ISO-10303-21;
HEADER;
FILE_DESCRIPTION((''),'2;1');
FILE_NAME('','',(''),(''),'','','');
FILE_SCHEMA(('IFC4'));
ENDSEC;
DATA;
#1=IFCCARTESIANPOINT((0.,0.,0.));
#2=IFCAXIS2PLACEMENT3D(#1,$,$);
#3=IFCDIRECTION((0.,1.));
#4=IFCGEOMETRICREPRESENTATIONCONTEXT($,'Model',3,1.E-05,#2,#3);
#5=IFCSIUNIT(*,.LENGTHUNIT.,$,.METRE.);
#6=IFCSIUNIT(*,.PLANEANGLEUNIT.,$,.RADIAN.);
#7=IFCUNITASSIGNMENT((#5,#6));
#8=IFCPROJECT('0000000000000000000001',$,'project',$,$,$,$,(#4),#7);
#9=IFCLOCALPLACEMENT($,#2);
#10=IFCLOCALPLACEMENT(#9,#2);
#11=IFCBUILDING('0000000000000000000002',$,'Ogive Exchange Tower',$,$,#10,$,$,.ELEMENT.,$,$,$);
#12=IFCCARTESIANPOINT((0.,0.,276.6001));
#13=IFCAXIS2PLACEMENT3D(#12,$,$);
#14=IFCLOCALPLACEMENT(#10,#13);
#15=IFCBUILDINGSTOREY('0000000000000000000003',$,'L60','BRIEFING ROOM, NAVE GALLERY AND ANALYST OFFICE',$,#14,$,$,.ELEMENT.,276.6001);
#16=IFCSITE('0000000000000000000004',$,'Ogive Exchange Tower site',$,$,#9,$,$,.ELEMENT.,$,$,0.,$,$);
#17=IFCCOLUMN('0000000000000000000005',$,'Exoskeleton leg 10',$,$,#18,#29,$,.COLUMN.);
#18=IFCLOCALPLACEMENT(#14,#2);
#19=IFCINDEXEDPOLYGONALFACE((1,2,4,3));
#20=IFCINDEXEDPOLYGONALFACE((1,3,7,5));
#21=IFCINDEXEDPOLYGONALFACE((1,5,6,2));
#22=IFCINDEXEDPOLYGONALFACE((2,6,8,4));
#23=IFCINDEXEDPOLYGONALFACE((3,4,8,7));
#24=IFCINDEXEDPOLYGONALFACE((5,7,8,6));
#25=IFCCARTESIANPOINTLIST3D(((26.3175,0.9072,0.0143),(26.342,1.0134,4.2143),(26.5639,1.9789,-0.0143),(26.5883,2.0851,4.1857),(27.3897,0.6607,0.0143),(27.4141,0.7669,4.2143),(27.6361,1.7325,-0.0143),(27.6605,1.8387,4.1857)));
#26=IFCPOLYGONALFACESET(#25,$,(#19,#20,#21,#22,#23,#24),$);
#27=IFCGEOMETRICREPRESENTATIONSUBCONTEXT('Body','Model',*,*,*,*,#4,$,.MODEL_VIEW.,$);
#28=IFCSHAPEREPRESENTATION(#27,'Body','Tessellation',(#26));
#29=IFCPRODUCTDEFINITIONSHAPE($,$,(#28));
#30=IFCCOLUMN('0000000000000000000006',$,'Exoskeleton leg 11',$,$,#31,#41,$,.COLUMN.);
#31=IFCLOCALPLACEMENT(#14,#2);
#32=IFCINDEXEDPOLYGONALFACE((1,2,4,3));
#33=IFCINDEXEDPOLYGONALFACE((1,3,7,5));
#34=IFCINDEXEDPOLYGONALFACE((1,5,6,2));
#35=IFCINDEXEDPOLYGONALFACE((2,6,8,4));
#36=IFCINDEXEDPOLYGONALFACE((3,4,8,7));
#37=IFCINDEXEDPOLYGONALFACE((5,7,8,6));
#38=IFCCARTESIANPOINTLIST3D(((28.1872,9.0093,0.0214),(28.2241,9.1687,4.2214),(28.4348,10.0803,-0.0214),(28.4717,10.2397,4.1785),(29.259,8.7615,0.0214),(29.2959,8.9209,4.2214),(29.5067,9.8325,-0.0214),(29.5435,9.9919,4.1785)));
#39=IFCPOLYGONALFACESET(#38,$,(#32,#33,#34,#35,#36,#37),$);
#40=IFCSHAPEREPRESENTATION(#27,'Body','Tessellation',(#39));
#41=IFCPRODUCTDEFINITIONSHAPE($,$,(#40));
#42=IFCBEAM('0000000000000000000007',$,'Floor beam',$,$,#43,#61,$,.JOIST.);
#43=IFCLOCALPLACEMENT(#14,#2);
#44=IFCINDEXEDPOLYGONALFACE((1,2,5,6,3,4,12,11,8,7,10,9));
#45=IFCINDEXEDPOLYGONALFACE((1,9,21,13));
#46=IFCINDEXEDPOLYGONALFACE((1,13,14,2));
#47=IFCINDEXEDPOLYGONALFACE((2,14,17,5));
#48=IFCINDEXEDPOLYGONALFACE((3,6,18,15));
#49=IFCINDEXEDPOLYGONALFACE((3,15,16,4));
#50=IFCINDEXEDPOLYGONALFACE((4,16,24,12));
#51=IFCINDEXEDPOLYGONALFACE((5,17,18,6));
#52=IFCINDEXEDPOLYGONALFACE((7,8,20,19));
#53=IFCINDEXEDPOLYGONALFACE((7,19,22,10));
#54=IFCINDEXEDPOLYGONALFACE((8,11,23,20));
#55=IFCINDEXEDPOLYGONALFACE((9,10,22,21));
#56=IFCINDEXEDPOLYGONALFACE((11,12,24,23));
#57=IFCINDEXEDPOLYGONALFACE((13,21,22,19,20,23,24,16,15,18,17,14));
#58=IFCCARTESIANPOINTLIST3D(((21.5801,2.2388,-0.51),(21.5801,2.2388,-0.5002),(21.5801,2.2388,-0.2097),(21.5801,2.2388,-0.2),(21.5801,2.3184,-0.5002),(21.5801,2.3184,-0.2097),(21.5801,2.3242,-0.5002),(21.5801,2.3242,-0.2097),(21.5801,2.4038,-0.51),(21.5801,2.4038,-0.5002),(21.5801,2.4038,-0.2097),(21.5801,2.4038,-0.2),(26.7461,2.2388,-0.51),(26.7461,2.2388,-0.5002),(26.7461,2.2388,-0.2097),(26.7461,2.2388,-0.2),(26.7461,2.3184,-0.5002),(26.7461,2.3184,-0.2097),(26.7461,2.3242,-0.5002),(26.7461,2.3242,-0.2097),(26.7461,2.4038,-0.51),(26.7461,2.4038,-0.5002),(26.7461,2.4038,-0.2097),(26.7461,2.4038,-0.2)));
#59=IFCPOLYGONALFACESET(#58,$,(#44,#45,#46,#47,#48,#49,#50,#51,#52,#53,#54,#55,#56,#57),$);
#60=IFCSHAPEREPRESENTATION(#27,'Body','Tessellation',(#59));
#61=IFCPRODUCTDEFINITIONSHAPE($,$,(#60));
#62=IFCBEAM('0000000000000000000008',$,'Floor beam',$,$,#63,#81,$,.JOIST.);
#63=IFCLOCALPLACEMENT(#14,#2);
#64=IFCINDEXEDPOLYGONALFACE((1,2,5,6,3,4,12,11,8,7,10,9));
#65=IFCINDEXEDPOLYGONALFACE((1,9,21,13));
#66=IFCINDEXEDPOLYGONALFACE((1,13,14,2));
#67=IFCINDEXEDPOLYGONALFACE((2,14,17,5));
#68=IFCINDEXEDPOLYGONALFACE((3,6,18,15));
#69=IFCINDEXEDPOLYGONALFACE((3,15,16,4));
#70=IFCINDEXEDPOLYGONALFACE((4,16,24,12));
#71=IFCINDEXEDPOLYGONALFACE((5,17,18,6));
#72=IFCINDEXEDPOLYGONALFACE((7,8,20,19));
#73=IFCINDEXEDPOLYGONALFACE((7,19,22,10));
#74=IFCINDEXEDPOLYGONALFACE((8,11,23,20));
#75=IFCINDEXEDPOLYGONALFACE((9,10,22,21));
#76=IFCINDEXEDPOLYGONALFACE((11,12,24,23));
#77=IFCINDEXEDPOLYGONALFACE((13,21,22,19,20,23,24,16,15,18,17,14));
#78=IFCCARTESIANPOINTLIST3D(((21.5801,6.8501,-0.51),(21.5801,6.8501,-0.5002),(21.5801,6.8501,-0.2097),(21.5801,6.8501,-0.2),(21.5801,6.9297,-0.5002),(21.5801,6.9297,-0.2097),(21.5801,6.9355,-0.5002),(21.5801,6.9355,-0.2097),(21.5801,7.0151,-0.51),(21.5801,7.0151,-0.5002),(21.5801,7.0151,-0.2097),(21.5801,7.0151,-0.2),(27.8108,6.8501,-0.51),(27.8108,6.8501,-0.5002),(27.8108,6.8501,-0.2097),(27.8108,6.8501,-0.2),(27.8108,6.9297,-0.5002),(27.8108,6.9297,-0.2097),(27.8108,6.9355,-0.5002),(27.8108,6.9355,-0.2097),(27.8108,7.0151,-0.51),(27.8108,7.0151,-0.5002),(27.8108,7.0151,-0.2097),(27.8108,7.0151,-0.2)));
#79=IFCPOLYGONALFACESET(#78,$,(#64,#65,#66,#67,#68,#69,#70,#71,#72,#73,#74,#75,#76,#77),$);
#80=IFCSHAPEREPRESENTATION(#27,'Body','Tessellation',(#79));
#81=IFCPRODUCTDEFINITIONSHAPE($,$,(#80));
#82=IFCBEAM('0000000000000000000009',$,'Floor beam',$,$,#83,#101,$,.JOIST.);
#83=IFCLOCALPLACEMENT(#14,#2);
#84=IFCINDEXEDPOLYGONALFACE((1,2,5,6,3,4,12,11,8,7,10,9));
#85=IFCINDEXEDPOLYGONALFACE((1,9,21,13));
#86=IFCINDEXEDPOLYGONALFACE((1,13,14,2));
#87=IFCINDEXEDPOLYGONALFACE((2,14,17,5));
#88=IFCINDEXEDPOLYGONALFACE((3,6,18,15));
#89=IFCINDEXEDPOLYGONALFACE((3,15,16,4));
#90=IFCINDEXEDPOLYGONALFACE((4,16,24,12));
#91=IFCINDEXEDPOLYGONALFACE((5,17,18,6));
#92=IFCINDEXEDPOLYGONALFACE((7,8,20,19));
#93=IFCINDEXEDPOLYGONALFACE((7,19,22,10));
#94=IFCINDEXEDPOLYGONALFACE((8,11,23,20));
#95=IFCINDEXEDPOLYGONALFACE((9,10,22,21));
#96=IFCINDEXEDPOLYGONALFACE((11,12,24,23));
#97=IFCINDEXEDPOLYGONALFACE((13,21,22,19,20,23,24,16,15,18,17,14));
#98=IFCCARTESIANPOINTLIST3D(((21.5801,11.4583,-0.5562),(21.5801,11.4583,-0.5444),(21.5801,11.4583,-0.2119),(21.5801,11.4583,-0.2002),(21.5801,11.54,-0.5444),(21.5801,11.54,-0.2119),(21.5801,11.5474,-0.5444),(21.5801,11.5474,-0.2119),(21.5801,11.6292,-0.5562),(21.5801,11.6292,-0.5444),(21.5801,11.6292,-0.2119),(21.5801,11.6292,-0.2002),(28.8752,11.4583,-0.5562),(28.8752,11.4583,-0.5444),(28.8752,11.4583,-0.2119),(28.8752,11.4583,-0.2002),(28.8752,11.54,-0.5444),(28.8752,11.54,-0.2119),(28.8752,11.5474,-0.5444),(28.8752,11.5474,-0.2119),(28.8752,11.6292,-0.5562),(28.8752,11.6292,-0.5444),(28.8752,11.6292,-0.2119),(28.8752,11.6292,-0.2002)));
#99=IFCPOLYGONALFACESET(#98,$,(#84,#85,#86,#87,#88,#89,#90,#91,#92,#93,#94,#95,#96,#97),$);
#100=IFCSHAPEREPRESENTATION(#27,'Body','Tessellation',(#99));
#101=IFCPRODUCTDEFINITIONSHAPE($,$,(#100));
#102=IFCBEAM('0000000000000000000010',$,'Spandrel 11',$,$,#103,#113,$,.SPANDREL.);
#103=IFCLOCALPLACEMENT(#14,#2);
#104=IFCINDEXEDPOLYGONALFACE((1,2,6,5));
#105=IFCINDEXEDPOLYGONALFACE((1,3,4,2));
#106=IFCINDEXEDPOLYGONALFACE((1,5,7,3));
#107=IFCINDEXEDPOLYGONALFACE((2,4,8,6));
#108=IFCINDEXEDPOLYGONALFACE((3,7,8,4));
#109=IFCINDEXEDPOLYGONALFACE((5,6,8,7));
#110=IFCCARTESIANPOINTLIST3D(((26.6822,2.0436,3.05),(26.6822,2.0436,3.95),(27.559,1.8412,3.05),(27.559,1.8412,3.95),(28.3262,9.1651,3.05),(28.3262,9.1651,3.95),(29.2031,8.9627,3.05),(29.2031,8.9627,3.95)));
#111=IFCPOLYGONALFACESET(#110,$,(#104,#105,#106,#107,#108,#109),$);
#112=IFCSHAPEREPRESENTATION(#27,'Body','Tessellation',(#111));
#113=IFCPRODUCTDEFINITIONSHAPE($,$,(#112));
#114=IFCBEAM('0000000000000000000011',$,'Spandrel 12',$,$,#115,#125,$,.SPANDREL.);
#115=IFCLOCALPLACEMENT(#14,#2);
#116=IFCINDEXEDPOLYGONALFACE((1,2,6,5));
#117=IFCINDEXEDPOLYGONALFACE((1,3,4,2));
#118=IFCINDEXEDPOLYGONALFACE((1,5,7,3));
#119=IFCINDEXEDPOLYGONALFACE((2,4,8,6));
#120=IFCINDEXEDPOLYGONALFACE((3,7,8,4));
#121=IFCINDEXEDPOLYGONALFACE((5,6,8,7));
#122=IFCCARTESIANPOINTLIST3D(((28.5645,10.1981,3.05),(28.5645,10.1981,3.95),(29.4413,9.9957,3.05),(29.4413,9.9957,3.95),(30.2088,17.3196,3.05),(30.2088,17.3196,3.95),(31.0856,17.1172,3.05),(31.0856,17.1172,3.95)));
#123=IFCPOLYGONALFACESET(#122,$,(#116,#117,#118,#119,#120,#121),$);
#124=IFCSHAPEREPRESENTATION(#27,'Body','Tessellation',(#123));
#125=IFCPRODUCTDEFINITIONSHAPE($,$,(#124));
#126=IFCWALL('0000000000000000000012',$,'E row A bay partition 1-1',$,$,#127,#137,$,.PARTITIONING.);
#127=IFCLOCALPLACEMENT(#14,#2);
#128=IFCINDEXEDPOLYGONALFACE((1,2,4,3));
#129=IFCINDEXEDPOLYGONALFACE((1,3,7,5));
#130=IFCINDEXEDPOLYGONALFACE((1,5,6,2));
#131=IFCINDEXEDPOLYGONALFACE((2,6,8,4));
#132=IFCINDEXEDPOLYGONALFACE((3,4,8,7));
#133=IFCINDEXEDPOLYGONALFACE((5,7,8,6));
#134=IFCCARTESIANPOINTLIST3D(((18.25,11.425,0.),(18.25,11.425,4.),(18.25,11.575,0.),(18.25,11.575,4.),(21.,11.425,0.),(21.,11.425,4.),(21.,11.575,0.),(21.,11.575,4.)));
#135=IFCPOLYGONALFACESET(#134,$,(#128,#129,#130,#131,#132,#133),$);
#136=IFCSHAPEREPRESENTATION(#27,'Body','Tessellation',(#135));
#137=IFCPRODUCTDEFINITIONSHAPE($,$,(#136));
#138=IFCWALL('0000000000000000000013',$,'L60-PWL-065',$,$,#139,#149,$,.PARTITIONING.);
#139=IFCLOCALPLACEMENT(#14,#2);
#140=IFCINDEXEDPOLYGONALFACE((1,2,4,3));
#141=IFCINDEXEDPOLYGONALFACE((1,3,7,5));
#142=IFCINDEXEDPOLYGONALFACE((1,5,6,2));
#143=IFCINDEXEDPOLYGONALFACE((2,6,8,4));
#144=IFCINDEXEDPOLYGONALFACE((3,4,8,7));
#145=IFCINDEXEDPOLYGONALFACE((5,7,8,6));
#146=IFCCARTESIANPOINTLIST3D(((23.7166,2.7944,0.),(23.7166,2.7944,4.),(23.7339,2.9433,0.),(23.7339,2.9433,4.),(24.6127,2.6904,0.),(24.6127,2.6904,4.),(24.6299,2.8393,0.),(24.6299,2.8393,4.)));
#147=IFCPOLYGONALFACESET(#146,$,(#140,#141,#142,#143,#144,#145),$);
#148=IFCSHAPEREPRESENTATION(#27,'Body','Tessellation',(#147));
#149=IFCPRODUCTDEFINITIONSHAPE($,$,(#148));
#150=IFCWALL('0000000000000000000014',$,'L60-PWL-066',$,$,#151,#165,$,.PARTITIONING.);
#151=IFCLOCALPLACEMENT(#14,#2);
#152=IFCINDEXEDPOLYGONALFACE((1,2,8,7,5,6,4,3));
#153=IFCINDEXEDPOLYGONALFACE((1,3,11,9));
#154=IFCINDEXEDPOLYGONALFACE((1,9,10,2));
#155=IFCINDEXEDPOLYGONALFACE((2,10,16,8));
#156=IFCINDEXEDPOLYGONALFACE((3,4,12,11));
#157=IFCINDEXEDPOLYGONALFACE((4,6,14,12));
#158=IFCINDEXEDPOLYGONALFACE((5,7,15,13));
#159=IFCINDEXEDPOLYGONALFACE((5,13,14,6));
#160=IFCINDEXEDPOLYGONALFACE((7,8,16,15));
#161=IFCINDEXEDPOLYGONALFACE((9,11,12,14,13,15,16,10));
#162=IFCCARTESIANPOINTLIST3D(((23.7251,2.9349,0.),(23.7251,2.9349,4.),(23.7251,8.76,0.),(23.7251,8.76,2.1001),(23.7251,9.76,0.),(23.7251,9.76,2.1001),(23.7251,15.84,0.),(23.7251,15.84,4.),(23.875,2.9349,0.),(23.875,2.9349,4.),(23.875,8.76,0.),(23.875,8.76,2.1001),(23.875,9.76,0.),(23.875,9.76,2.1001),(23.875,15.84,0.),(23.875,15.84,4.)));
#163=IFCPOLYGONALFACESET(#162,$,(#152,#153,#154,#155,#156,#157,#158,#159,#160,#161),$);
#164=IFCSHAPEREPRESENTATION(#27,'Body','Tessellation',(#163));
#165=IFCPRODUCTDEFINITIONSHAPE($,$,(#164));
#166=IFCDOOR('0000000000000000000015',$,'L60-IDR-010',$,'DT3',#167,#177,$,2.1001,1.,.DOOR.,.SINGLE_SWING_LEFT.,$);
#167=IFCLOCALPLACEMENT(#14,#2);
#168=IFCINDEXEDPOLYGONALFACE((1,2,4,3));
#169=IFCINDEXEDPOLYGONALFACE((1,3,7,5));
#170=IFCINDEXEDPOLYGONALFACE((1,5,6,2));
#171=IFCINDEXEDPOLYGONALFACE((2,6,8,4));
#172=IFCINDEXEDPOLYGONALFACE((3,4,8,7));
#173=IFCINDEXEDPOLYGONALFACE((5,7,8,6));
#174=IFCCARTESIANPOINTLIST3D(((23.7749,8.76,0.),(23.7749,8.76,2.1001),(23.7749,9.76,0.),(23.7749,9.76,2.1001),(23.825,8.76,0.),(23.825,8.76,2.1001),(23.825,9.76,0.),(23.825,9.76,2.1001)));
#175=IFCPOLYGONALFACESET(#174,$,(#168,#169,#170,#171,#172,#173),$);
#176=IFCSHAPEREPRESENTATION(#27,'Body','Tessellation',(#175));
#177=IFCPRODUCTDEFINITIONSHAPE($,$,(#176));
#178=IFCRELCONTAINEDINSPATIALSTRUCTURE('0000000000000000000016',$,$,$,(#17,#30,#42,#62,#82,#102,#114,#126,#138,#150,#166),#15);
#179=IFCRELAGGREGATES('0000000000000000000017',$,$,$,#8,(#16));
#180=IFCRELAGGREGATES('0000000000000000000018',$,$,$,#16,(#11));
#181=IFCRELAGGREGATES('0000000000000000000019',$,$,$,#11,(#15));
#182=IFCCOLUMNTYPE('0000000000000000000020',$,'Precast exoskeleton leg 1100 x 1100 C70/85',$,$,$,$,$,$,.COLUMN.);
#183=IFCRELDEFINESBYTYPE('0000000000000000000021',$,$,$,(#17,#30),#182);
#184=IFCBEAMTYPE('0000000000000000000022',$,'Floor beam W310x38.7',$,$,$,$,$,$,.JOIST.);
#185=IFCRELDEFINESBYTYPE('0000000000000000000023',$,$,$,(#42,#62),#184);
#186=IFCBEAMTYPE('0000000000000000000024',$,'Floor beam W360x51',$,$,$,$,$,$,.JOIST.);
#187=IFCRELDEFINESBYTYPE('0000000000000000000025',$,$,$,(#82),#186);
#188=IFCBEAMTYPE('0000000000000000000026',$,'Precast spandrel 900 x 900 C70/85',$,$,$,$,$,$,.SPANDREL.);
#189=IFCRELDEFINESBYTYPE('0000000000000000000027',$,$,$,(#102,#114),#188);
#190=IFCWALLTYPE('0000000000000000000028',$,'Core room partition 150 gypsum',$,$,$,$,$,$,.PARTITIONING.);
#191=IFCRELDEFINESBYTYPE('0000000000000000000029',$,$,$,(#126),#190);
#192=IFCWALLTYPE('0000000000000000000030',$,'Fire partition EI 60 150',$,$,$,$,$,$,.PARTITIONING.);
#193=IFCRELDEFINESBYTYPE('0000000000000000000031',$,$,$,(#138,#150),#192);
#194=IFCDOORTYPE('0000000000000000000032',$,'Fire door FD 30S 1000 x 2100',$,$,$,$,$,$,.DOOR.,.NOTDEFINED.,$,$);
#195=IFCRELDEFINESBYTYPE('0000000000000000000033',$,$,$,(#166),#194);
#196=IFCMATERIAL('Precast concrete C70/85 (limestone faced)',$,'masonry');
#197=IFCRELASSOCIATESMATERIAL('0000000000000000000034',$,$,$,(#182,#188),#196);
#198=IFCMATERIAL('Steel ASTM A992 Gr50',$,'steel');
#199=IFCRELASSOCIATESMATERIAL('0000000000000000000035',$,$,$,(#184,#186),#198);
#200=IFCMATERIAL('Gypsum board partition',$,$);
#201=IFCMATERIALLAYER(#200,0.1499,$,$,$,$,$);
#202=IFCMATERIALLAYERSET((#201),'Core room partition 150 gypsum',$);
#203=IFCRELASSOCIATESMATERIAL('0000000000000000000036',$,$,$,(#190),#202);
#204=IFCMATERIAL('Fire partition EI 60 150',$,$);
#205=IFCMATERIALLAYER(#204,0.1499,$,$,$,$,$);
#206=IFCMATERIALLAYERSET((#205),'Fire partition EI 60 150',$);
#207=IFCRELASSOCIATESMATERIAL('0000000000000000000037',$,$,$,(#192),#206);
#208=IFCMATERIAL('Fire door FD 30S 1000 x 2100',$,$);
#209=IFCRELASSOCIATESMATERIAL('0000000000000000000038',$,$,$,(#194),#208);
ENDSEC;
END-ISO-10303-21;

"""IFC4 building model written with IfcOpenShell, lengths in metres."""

from ifc_helpers import new_model, si_unit, direction, frame, frame_2d, origin, origin_2d, place, context, subcontext, project, spatial, rectangle, i_section, extrude, material, layer, layer_set, material_profile, profile_set, type_object, element, fill, save


model = new_model("IFC4")

# Units and contexts
model_context = context("Model", 3, precision=1e-05, world=origin(), true_north=direction((0.0, 1.0)))
body_context = subcontext(model_context, "Body", "Model", "MODEL_VIEW")
ifc_project = project(units=[si_unit("LENGTHUNIT", "METRE"), si_unit("PLANEANGLEUNIT", "RADIAN")], contexts=[model_context])

# Site, building, storey
site_placement = place(None, origin())
site = spatial("IfcSite", under=ifc_project, at=site_placement, Name="Ogive Exchange Tower site", CompositionType="ELEMENT", RefElevation=0.0)
building_placement = place(site_placement, origin())
building = spatial("IfcBuilding", under=site, at=building_placement, Name="Ogive Exchange Tower", CompositionType="ELEMENT")
storey_placement = place(building_placement, frame((0.0, 0.0, 276.6001)))
storey = spatial("IfcBuildingStorey", under=building, at=storey_placement, Name="L60", Description="BRIEFING ROOM, NAVE GALLERY AND ANALYST OFFICE", CompositionType="ELEMENT", Elevation=276.6001)

# Columns
ifc_material_1 = material(Name="Precast concrete C70/85 (limestone faced)", Category="masonry")
ifc_material_profile_1 = material_profile(ifc_material_1, rectangle(XDim=1.1001, YDim=1.1001, at=origin_2d()), Name="1100 x 1100")
ifc_profile_set_1 = profile_set([ifc_material_profile_1], Name="Precast concrete C70/85 (limestone faced)")
column_type = type_object("IfcColumnType", Name="Precast exoskeleton leg 1100 x 1100 C70/85", PredefinedType="COLUMN", material=ifc_profile_set_1)
column_1_placement = place(storey_placement, frame((26.9768, 1.3198, 0.0), z_axis=(0.005811, 0.025278, 0.999664), x_axis=(-0.97458, 0.224041, 0.0)))
element("IfcColumn", 1, at=column_1_placement, inside=storey, type_object=column_type, Name="Exoskeleton leg 10", PredefinedType="COLUMN", context=body_context, shape_type="SweptSolid", body=[
    extrude(rectangle(XDim=1.1001, YDim=1.1001, at=origin_2d()), origin(), (0.0, 0.0, 1.0), 4.2014),
])
column_2_placement = place(storey_placement, frame((28.8469, 9.4209, 0.0), z_axis=(0.008771, 0.03793, 0.999242), x_axis=(-0.974291, 0.225295, 0.0)))
element("IfcColumn", 2, at=column_2_placement, inside=storey, type_object=column_type, Name="Exoskeleton leg 11", PredefinedType="COLUMN", context=body_context, shape_type="SweptSolid", body=[
    extrude(rectangle(XDim=1.1001, YDim=1.1001, at=origin_2d()), origin(), (0.0, 0.0, 1.0), 4.2031),
])

# Beams
ifc_material_2 = material(Name="Steel ASTM A992 Gr50", Category="steel")
ifc_material_profile_2 = material_profile(ifc_material_2, i_section(OverallWidth=0.165, OverallDepth=0.3101, WebThickness=0.0059, FlangeThickness=0.0098, at=origin_2d()), Name="W310x38.7")
ifc_profile_set_2 = profile_set([ifc_material_profile_2], Name="Steel ASTM A992 Gr50")
beam_type_1 = type_object("IfcBeamType", Name="Floor beam W310x38.7", PredefinedType="JOIST", material=ifc_profile_set_2)
beam_1_placement = place(storey_placement, frame((21.5801, 2.3213, -0.355), z_axis=(1.0, 0.0, 0.0), x_axis=(0.0, 1.0, 0.0)))
element("IfcBeam", 3, at=beam_1_placement, inside=storey, type_object=beam_type_1, Name="Floor beam", PredefinedType="JOIST", context=body_context, shape_type="SweptSolid", body=[
    extrude(i_section(OverallWidth=0.165, OverallDepth=0.3101, WebThickness=0.0059, FlangeThickness=0.0098, at=origin_2d()), origin(), (0.0, 0.0, 1.0), 5.166),
])
beam_2_placement = place(storey_placement, frame((21.5801, 6.9326, -0.355), z_axis=(1.0, 0.0, 0.0), x_axis=(0.0, 1.0, 0.0)))
element("IfcBeam", 4, at=beam_2_placement, inside=storey, type_object=beam_type_1, Name="Floor beam", PredefinedType="JOIST", context=body_context, shape_type="SweptSolid", body=[
    extrude(i_section(OverallWidth=0.165, OverallDepth=0.3101, WebThickness=0.0059, FlangeThickness=0.0098, at=origin_2d()), origin(), (0.0, 0.0, 1.0), 6.2307),
])
ifc_material_profile_3 = material_profile(ifc_material_2, i_section(OverallWidth=0.1709, OverallDepth=0.356, WebThickness=0.0073, FlangeThickness=0.0117, at=origin_2d()), Name="W360x51")
ifc_profile_set_3 = profile_set([ifc_material_profile_3], Name="Steel ASTM A992 Gr50")
beam_type_2 = type_object("IfcBeamType", Name="Floor beam W360x51", PredefinedType="JOIST", material=ifc_profile_set_3)
beam_3_placement = place(storey_placement, frame((21.5801, 11.5437, -0.3782), z_axis=(1.0, 0.0, 0.0), x_axis=(0.0, 1.0, 0.0)))
element("IfcBeam", 5, at=beam_3_placement, inside=storey, type_object=beam_type_2, Name="Floor beam", PredefinedType="JOIST", context=body_context, shape_type="SweptSolid", body=[
    extrude(i_section(OverallWidth=0.1709, OverallDepth=0.356, WebThickness=0.0073, FlangeThickness=0.0117, at=origin_2d()), origin(), (0.0, 0.0, 1.0), 7.2952),
])
ifc_material_profile_4 = material_profile(ifc_material_1, rectangle(XDim=0.8999, YDim=0.8999, at=origin_2d()), Name="900 x 900")
ifc_profile_set_4 = profile_set([ifc_material_profile_4], Name="Precast concrete C70/85 (limestone faced)")
beam_type_3 = type_object("IfcBeamType", Name="Precast spandrel 900 x 900 C70/85", PredefinedType="SPANDREL", material=ifc_profile_set_4)
for number, where, z_axis, x_axis, name in (
    (6, (27.1206, 1.9424, 3.5), (0.224938, 0.974373, 0.0), (-0.974373, 0.224938, 0.0), "Spandrel 11"),
    (7, (29.0029, 10.0969, 3.5), (0.224969, 0.974366, 0.0), (-0.974366, 0.224969, 0.0), "Spandrel 12"),
):
    element("IfcBeam", number, at=place(storey_placement, frame(where, z_axis=z_axis, x_axis=x_axis)), inside=storey, type_object=beam_type_3, Name=name, PredefinedType="SPANDREL", context=body_context, shape_type="SweptSolid", body=[
        extrude(rectangle(XDim=0.8999, YDim=0.8999, at=origin_2d()), origin(), (0.0, 0.0, 1.0), 7.3088),
    ])

# Walls
ifc_material_3 = material(Name="Gypsum board partition")
ifc_layer_1 = layer(ifc_material_3, 0.1499)
ifc_layer_set_1 = layer_set([ifc_layer_1], Name="Core room partition 150 gypsum")
wall_type_1 = type_object("IfcWallType", Name="Core room partition 150 gypsum", PredefinedType="PARTITIONING", material=ifc_layer_set_1)
wall_1_placement = place(storey_placement, frame((18.25, 11.5, 0.0), z_axis=(0.0, 0.0, 1.0), x_axis=(1.0, 0.0, 0.0)))
element("IfcWall", 8, at=wall_1_placement, inside=storey, type_object=wall_type_1, Name="E row A bay partition 1-1", PredefinedType="PARTITIONING", context=body_context, shape_type="SweptSolid", body=[
    extrude(rectangle(XDim=2.75, YDim=0.1499, at=frame_2d((1.375, 0.0))), origin(), (0.0, 0.0, 1.0), 4.0),
])
ifc_material_4 = material(Name="Fire partition EI 60 150")
ifc_layer_2 = layer(ifc_material_4, 0.1499)
ifc_layer_set_2 = layer_set([ifc_layer_2], Name="Fire partition EI 60 150")
wall_type_2 = type_object("IfcWallType", Name="Fire partition EI 60 150", PredefinedType="PARTITIONING", material=ifc_layer_set_2)
wall_2_placement = place(storey_placement, frame((23.7251, 2.8689, 0.0), z_axis=(0.0, 0.0, 1.0), x_axis=(0.99333, -0.115302, 0.0)))
element("IfcWall", 9, at=wall_2_placement, inside=storey, type_object=wall_type_2, Name="L60-PWL-065", PredefinedType="PARTITIONING", context=body_context, shape_type="SweptSolid", body=[
    extrude(rectangle(XDim=0.9021, YDim=0.1499, at=frame_2d((0.4512, 0.0))), origin(), (0.0, 0.0, 1.0), 4.0),
])

# Wall, opening, door
wall_3_placement = place(storey_placement, frame((23.8, 15.8401, 0.0), z_axis=(0.0, 0.0, 1.0), x_axis=(0.0, -1.0, 0.0)))
wall_3 = element("IfcWall", 10, at=wall_3_placement, inside=storey, type_object=wall_type_2, Name="L60-PWL-066", PredefinedType="PARTITIONING", context=body_context, shape_type="SweptSolid", body=[
    extrude(rectangle(XDim=12.905, YDim=0.1499, at=frame_2d((6.4526, 0.0))), origin(), (0.0, 0.0, 1.0), 4.0),
])
opening_1_placement = place(wall_3_placement, frame((6.0801, 0.0, 0.0)))
opening_1 = element("IfcOpeningElement", 11, at=opening_1_placement, cuts=wall_3, PredefinedType="OPENING", context=body_context, shape_type="SweptSolid", body=[
    extrude(rectangle(XDim=1.0, YDim=2.1001, at=frame_2d((0.5, 1.05))), frame((0.0, 0.085, 0.0), z_axis=(0.0, -1.0, 0.0), x_axis=(1.0, 0.0, 0.0)), (0.0, 0.0, 1.0), 0.1699),
])
ifc_material_5 = material(Name="Fire door FD 30S 1000 x 2100")
door_type_1 = type_object("IfcDoorType", Name="Fire door FD 30S 1000 x 2100", OperationType="NOTDEFINED", PredefinedType="DOOR", material=ifc_material_5)
door_1_placement = place(opening_1_placement, origin())
door_1 = element("IfcDoor", 12, at=door_1_placement, inside=storey, type_object=door_type_1, Name="L60-IDR-010", ObjectType="DT3", OperationType="SINGLE_SWING_LEFT", OverallHeight=2.1001, OverallWidth=1.0, PredefinedType="DOOR", context=body_context, shape_type="SweptSolid", body=[
    extrude(rectangle(XDim=1.0, YDim=2.1001, at=frame_2d((0.5, 1.05))), frame((0.0, 0.0249, 0.0), z_axis=(0.0, -1.0, 0.0), x_axis=(1.0, 0.0, 0.0)), (0.0, 0.0, 1.0), 0.05),
])
fill(opening_1, door_1)

save(model, "model.ifc")
